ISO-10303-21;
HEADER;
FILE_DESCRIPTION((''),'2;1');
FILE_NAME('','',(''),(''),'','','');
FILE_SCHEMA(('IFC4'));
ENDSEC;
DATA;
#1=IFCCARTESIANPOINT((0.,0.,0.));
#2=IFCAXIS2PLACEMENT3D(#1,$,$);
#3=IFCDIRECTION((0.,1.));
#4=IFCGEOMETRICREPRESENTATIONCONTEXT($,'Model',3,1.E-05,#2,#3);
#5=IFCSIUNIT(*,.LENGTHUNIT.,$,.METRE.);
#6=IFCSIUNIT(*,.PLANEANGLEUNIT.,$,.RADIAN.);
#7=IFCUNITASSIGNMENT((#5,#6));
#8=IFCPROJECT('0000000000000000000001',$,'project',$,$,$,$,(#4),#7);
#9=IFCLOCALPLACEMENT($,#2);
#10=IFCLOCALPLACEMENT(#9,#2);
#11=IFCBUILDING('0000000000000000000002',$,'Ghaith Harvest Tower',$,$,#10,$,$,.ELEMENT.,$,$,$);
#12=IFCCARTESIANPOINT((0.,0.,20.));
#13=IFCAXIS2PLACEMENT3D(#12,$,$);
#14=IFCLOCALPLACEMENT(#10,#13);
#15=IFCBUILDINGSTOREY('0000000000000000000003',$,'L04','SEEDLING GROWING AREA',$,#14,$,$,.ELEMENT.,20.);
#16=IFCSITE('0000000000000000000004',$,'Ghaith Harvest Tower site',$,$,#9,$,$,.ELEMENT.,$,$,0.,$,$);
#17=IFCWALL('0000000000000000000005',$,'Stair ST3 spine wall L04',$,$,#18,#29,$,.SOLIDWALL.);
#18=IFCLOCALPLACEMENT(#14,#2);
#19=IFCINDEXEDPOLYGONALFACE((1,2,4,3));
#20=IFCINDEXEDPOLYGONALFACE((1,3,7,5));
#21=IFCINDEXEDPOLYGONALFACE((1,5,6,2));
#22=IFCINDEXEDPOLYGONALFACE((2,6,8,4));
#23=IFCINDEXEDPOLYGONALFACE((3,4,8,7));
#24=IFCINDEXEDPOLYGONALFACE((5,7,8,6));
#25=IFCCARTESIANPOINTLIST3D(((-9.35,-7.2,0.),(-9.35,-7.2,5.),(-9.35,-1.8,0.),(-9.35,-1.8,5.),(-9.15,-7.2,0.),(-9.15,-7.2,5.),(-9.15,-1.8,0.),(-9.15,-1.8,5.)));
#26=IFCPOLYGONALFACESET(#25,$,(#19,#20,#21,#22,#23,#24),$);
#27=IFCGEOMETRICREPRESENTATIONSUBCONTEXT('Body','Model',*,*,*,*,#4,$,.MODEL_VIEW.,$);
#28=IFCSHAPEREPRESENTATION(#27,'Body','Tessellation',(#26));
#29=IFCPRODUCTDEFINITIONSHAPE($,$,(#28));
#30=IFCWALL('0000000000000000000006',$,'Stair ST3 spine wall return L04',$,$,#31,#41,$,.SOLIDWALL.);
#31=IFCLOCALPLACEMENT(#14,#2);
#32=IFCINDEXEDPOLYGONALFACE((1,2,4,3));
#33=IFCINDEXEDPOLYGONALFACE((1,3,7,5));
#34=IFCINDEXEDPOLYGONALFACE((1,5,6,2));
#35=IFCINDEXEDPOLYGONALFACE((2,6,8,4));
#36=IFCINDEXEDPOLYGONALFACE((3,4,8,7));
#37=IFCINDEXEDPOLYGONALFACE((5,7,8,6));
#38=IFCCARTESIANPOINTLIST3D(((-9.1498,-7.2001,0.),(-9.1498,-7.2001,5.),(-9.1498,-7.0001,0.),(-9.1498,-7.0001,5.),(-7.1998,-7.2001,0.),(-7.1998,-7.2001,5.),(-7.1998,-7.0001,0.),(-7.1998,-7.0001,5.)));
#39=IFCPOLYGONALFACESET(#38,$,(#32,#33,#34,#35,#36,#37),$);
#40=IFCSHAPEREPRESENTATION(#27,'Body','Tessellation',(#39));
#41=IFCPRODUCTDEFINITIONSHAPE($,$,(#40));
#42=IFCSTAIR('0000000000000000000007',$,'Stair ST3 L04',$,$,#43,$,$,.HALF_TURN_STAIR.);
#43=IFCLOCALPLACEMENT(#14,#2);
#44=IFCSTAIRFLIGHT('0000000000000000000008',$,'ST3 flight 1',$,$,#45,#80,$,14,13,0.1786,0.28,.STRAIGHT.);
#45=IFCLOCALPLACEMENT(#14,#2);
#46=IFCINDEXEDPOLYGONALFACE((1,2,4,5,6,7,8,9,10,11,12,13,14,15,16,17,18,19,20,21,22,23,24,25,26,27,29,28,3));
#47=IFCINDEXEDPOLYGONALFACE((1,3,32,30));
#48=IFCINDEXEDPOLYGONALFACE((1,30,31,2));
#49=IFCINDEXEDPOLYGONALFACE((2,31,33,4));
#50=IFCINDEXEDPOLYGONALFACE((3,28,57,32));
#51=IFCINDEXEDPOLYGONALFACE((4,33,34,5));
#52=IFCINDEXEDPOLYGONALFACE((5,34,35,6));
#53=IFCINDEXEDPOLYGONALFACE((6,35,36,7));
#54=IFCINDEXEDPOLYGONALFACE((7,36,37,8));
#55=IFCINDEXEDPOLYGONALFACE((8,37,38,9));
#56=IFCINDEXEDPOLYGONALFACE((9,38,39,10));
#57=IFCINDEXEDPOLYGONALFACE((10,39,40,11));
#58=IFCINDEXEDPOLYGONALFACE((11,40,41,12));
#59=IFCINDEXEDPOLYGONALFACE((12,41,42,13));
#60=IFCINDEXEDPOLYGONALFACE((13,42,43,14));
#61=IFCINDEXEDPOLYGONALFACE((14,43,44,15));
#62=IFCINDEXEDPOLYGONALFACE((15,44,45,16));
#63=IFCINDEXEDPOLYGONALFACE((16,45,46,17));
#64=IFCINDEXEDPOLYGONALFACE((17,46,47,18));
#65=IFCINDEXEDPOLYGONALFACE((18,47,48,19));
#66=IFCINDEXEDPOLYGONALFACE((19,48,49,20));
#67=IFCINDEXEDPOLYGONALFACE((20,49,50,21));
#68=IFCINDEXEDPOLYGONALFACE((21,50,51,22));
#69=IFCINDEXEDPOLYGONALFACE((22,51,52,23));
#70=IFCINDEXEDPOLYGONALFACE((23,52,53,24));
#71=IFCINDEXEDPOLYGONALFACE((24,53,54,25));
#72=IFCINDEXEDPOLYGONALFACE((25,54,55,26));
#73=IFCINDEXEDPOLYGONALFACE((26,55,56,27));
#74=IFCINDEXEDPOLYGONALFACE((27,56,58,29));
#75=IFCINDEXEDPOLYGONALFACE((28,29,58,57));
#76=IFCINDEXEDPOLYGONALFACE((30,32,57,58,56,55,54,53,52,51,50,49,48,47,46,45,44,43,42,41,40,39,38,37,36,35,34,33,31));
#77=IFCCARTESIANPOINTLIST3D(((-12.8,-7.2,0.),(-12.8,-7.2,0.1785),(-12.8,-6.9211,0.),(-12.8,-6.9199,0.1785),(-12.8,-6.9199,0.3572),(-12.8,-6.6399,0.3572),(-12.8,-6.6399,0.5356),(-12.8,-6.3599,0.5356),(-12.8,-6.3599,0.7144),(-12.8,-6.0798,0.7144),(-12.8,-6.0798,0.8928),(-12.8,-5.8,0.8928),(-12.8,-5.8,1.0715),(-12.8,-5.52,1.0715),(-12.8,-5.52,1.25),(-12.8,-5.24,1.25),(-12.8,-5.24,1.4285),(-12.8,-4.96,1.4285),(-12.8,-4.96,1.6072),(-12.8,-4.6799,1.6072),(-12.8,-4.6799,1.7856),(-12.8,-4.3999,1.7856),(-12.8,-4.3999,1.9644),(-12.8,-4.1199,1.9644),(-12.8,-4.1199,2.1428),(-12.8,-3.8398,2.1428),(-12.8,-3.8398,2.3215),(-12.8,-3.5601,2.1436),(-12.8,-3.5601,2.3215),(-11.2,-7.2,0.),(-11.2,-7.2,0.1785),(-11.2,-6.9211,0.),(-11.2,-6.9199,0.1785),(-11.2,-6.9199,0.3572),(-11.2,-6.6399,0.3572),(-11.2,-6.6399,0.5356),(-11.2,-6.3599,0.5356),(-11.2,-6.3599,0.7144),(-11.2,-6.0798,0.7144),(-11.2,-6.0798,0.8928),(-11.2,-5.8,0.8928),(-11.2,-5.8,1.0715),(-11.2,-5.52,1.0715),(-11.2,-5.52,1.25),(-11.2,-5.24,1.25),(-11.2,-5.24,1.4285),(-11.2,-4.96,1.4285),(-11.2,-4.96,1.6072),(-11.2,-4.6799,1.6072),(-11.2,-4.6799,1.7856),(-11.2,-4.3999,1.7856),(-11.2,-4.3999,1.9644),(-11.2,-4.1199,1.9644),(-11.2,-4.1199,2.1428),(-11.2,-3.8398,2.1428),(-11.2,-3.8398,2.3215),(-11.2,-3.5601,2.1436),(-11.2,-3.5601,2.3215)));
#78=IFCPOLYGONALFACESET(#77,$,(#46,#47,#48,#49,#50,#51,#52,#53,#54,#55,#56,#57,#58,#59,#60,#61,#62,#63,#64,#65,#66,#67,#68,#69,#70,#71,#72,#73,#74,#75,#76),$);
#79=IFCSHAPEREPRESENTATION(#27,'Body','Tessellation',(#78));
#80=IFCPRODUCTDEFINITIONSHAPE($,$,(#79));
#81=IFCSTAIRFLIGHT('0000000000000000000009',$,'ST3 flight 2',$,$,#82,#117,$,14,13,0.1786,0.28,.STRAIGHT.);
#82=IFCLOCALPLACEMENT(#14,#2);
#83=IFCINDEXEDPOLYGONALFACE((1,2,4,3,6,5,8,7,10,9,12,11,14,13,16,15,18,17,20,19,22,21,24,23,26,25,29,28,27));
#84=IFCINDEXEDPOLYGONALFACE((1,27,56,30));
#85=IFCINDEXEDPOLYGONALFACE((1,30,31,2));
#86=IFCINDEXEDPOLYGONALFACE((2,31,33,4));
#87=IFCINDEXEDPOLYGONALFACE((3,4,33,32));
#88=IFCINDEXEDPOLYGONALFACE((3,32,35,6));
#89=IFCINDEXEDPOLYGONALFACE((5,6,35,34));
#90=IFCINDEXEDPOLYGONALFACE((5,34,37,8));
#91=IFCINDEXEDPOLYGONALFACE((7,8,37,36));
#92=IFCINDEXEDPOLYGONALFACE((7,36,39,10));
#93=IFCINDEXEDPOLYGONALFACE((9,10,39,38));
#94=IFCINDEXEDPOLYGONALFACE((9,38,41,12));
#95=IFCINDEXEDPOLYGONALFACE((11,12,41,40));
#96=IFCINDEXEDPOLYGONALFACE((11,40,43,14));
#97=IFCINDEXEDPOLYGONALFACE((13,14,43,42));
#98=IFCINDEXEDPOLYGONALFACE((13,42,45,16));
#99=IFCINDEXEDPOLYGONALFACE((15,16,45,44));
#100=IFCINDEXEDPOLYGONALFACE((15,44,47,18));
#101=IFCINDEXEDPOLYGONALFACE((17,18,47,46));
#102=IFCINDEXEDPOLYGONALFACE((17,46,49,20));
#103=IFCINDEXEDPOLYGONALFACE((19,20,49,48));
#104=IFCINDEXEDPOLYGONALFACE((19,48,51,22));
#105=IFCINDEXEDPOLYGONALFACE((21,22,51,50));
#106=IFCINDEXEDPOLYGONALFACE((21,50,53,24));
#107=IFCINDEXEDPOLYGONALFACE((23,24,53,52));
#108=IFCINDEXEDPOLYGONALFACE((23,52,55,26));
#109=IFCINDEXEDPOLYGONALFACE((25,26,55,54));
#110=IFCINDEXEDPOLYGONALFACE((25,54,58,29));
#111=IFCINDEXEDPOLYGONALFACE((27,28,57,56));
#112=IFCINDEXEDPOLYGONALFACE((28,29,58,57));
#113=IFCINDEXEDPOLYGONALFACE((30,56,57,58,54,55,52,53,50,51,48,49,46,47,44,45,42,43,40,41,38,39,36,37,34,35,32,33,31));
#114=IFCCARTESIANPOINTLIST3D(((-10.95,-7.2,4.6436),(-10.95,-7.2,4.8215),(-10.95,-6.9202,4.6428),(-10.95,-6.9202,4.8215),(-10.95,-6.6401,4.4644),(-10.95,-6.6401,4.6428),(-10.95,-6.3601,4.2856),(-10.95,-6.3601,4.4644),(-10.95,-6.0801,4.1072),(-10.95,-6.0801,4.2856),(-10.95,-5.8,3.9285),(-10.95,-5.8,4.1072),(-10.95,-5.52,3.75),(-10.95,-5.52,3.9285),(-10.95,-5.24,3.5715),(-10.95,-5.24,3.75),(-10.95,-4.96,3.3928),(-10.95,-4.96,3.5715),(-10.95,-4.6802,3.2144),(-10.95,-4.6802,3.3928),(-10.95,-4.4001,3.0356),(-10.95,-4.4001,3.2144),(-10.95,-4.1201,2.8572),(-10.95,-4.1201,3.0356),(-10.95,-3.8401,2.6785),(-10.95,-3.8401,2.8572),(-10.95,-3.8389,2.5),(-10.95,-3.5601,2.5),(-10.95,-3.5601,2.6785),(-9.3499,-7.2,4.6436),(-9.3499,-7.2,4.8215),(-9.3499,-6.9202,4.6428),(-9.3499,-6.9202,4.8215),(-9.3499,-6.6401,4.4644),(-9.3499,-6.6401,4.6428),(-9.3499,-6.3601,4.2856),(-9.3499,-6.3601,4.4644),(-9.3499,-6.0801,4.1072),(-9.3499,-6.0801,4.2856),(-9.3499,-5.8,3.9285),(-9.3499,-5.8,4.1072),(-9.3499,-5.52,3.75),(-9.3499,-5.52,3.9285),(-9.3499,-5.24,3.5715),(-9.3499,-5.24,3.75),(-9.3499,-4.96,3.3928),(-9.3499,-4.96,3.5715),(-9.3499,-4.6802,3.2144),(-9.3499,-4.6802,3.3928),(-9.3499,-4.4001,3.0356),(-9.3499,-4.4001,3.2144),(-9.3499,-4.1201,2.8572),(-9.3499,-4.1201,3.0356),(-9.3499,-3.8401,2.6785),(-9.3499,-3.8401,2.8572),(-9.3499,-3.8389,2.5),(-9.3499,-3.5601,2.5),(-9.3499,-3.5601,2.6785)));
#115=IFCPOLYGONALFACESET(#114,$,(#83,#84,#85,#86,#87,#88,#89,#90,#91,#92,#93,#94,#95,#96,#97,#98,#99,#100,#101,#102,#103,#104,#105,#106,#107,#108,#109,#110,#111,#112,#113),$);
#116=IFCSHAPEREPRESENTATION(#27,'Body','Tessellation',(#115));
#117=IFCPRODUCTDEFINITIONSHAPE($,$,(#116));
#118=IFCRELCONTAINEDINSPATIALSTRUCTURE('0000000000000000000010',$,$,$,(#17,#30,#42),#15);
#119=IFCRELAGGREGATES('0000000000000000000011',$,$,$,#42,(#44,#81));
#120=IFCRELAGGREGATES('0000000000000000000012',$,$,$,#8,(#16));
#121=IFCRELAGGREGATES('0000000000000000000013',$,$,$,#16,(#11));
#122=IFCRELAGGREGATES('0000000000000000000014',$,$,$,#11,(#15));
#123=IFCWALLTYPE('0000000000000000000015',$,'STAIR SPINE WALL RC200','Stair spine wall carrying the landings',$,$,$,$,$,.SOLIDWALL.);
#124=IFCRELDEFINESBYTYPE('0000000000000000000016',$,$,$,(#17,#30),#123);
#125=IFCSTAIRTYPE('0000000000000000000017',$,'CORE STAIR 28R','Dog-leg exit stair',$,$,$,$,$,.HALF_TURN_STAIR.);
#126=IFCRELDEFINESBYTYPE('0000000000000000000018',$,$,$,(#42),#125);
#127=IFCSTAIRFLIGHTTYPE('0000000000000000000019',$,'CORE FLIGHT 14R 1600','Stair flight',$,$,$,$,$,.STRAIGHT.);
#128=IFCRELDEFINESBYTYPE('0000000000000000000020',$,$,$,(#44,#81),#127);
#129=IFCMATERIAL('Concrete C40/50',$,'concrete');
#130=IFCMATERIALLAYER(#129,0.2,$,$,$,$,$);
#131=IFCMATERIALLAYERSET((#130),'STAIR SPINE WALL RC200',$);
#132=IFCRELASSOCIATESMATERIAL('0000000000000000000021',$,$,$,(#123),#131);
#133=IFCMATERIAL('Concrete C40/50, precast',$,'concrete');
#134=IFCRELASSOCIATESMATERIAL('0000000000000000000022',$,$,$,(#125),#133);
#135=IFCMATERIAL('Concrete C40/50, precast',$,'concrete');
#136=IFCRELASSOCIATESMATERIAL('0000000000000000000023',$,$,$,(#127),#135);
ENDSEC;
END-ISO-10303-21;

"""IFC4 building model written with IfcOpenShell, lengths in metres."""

from ifc_helpers import new_model, si_unit, direction, frame, frame_2d, origin, place, context, subcontext, project, spatial, polyline, rectangle, outline, extrude, material, layer, layer_set, type_object, element, aggregate, save


model = new_model("IFC4")

# Units and contexts
model_context = context("Model", 3, precision=1e-05, world=origin(), true_north=direction((0.0, 1.0)))
body_context = subcontext(model_context, "Body", "Model", "MODEL_VIEW")
ifc_project = project(units=[si_unit("LENGTHUNIT", "METRE"), si_unit("PLANEANGLEUNIT", "RADIAN")], contexts=[model_context])

# Site, building, storey
site_placement = place(None, origin())
site = spatial("IfcSite", under=ifc_project, at=site_placement, Name="Ghaith Harvest Tower site", CompositionType="ELEMENT", RefElevation=0.0)
building_placement = place(site_placement, origin())
building = spatial("IfcBuilding", under=site, at=building_placement, Name="Ghaith Harvest Tower", CompositionType="ELEMENT")
storey_placement = place(building_placement, frame((0.0, 0.0, 20.0)))
storey = spatial("IfcBuildingStorey", under=building, at=storey_placement, Name="L04", Description="SEEDLING GROWING AREA", CompositionType="ELEMENT", Elevation=20.0)

# Walls
ifc_material_1 = material(Name="Concrete C40/50", Category="concrete")
ifc_layer_1 = layer(ifc_material_1, 0.2)
ifc_layer_set_1 = layer_set([ifc_layer_1], Name="STAIR SPINE WALL RC200")
wall_type_1 = type_object("IfcWallType", Name="STAIR SPINE WALL RC200", Description="Stair spine wall carrying the landings", PredefinedType="SOLIDWALL", material=ifc_layer_set_1)
wall_1_placement = place(storey_placement, frame((-9.25, -7.2, 0.0), z_axis=(0.0, 0.0, 1.0), x_axis=(0.0, 1.0, 0.0)))
element("IfcWall", 1, at=wall_1_placement, inside=storey, type_object=wall_type_1, Name="Stair ST3 spine wall L04", PredefinedType="SOLIDWALL", context=body_context, shape_type="SweptSolid", body=[
    extrude(rectangle(XDim=5.3999, YDim=0.2, at=frame_2d((2.7, 0.0))), origin(), (0.0, 0.0, 1.0), 5.0),
])
wall_2_placement = place(storey_placement, frame((-9.1499, -7.1001, 0.0), z_axis=(0.0, 0.0, 1.0), x_axis=(1.0, 0.0, 0.0)))
element("IfcWall", 2, at=wall_2_placement, inside=storey, type_object=wall_type_1, Name="Stair ST3 spine wall return L04", PredefinedType="SOLIDWALL", context=body_context, shape_type="SweptSolid", body=[
    extrude(rectangle(XDim=1.95, YDim=0.2, at=frame_2d((0.9751, 0.0))), origin(), (0.0, 0.0, 1.0), 5.0),
])

# Stair, stair flights
ifc_material_2 = material(Name="Concrete C40/50, precast", Category="concrete")
stair_type = type_object("IfcStairType", Name="CORE STAIR 28R", Description="Dog-leg exit stair", PredefinedType="HALF_TURN_STAIR", material=ifc_material_2)
stair_placement = place(storey_placement, origin())
stair = element("IfcStair", 3, at=stair_placement, inside=storey, type_object=stair_type, Name="Stair ST3 L04", PredefinedType="HALF_TURN_STAIR")
ifc_material_3 = material(Name="Concrete C40/50, precast", Category="concrete")
stair_flight_type = type_object("IfcStairFlightType", Name="CORE FLIGHT 14R 1600", Description="Stair flight", PredefinedType="STRAIGHT", material=ifc_material_3)
stair_flight_1_placement = place(storey_placement, frame((-12.0, -7.2, 0.0), z_axis=(0.0, 0.0, 1.0), x_axis=(0.0, 1.0, 0.0)))
stair_flight_1 = element("IfcStairFlight", 4, at=stair_flight_1_placement, type_object=stair_flight_type, Name="ST3 flight 1", NumberOfRisers=14, NumberOfTreads=13, PredefinedType="STRAIGHT", RiserHeight=0.1786, TreadLength=0.28, context=body_context, shape_type="SweptSolid", body=[
    extrude(outline(polyline([(0.0, 0.0), (0.0, 0.1785), (0.28, 0.1785), (0.28, 0.3572), (0.5601, 0.3572), (0.5601, 0.5356), (0.8401, 0.5356), (0.8401, 0.7144), (1.1201, 0.7144), (1.1201, 0.8928), (1.3999, 0.8928), (1.3999, 1.0715), (1.6799, 1.0715), (1.6799, 1.25), (1.96, 1.25), (1.96, 1.4285), (2.24, 1.4285), (2.24, 1.6072), (2.52, 1.6072), (2.52, 1.7856), (2.8, 1.7856), (2.8, 1.9644), (3.0801, 1.9644), (3.0801, 2.1428), (3.3601, 2.1428), (3.3601, 2.3215), (3.6399, 2.3215), (3.6399, 2.5), (3.6399, 2.1436), (0.2788, 0.0), (0.0, 0.0)])), frame((0.0, 0.8, 0.0), z_axis=(0.0, -1.0, 0.0), x_axis=(1.0, 0.0, 0.0)), (0.0, 0.0, 1.0), 1.6001),
])
stair_flight_2_placement = place(storey_placement, frame((-10.1499, -3.5601, 2.5), z_axis=(0.0, 0.0, 1.0), x_axis=(0.0, -1.0, 0.0)))
stair_flight_2 = element("IfcStairFlight", 5, at=stair_flight_2_placement, type_object=stair_flight_type, Name="ST3 flight 2", NumberOfRisers=14, NumberOfTreads=13, PredefinedType="STRAIGHT", RiserHeight=0.1786, TreadLength=0.28, context=body_context, shape_type="SweptSolid", body=[
    extrude(outline(polyline([(0.0, 0.0), (0.0, 0.1785), (0.28, 0.1785), (0.28, 0.3572), (0.5601, 0.3572), (0.5601, 0.5356), (0.8401, 0.5356), (0.8401, 0.7144), (1.1201, 0.7144), (1.1201, 0.8928), (1.3999, 0.8928), (1.3999, 1.0715), (1.6799, 1.0715), (1.6799, 1.25), (1.96, 1.25), (1.96, 1.4285), (2.24, 1.4285), (2.24, 1.6072), (2.52, 1.6072), (2.52, 1.7856), (2.8, 1.7856), (2.8, 1.9644), (3.0801, 1.9644), (3.0801, 2.1428), (3.3601, 2.1428), (3.3601, 2.3215), (3.6399, 2.3215), (3.6399, 2.5), (3.6399, 2.1436), (0.2788, 0.0), (0.0, 0.0)])), frame((0.0, 0.8, 0.0), z_axis=(0.0, -1.0, 0.0), x_axis=(1.0, 0.0, 0.0)), (0.0, 0.0, 1.0), 1.6001),
])
aggregate(stair, [stair_flight_1, stair_flight_2])

save(model, "model.ifc")
